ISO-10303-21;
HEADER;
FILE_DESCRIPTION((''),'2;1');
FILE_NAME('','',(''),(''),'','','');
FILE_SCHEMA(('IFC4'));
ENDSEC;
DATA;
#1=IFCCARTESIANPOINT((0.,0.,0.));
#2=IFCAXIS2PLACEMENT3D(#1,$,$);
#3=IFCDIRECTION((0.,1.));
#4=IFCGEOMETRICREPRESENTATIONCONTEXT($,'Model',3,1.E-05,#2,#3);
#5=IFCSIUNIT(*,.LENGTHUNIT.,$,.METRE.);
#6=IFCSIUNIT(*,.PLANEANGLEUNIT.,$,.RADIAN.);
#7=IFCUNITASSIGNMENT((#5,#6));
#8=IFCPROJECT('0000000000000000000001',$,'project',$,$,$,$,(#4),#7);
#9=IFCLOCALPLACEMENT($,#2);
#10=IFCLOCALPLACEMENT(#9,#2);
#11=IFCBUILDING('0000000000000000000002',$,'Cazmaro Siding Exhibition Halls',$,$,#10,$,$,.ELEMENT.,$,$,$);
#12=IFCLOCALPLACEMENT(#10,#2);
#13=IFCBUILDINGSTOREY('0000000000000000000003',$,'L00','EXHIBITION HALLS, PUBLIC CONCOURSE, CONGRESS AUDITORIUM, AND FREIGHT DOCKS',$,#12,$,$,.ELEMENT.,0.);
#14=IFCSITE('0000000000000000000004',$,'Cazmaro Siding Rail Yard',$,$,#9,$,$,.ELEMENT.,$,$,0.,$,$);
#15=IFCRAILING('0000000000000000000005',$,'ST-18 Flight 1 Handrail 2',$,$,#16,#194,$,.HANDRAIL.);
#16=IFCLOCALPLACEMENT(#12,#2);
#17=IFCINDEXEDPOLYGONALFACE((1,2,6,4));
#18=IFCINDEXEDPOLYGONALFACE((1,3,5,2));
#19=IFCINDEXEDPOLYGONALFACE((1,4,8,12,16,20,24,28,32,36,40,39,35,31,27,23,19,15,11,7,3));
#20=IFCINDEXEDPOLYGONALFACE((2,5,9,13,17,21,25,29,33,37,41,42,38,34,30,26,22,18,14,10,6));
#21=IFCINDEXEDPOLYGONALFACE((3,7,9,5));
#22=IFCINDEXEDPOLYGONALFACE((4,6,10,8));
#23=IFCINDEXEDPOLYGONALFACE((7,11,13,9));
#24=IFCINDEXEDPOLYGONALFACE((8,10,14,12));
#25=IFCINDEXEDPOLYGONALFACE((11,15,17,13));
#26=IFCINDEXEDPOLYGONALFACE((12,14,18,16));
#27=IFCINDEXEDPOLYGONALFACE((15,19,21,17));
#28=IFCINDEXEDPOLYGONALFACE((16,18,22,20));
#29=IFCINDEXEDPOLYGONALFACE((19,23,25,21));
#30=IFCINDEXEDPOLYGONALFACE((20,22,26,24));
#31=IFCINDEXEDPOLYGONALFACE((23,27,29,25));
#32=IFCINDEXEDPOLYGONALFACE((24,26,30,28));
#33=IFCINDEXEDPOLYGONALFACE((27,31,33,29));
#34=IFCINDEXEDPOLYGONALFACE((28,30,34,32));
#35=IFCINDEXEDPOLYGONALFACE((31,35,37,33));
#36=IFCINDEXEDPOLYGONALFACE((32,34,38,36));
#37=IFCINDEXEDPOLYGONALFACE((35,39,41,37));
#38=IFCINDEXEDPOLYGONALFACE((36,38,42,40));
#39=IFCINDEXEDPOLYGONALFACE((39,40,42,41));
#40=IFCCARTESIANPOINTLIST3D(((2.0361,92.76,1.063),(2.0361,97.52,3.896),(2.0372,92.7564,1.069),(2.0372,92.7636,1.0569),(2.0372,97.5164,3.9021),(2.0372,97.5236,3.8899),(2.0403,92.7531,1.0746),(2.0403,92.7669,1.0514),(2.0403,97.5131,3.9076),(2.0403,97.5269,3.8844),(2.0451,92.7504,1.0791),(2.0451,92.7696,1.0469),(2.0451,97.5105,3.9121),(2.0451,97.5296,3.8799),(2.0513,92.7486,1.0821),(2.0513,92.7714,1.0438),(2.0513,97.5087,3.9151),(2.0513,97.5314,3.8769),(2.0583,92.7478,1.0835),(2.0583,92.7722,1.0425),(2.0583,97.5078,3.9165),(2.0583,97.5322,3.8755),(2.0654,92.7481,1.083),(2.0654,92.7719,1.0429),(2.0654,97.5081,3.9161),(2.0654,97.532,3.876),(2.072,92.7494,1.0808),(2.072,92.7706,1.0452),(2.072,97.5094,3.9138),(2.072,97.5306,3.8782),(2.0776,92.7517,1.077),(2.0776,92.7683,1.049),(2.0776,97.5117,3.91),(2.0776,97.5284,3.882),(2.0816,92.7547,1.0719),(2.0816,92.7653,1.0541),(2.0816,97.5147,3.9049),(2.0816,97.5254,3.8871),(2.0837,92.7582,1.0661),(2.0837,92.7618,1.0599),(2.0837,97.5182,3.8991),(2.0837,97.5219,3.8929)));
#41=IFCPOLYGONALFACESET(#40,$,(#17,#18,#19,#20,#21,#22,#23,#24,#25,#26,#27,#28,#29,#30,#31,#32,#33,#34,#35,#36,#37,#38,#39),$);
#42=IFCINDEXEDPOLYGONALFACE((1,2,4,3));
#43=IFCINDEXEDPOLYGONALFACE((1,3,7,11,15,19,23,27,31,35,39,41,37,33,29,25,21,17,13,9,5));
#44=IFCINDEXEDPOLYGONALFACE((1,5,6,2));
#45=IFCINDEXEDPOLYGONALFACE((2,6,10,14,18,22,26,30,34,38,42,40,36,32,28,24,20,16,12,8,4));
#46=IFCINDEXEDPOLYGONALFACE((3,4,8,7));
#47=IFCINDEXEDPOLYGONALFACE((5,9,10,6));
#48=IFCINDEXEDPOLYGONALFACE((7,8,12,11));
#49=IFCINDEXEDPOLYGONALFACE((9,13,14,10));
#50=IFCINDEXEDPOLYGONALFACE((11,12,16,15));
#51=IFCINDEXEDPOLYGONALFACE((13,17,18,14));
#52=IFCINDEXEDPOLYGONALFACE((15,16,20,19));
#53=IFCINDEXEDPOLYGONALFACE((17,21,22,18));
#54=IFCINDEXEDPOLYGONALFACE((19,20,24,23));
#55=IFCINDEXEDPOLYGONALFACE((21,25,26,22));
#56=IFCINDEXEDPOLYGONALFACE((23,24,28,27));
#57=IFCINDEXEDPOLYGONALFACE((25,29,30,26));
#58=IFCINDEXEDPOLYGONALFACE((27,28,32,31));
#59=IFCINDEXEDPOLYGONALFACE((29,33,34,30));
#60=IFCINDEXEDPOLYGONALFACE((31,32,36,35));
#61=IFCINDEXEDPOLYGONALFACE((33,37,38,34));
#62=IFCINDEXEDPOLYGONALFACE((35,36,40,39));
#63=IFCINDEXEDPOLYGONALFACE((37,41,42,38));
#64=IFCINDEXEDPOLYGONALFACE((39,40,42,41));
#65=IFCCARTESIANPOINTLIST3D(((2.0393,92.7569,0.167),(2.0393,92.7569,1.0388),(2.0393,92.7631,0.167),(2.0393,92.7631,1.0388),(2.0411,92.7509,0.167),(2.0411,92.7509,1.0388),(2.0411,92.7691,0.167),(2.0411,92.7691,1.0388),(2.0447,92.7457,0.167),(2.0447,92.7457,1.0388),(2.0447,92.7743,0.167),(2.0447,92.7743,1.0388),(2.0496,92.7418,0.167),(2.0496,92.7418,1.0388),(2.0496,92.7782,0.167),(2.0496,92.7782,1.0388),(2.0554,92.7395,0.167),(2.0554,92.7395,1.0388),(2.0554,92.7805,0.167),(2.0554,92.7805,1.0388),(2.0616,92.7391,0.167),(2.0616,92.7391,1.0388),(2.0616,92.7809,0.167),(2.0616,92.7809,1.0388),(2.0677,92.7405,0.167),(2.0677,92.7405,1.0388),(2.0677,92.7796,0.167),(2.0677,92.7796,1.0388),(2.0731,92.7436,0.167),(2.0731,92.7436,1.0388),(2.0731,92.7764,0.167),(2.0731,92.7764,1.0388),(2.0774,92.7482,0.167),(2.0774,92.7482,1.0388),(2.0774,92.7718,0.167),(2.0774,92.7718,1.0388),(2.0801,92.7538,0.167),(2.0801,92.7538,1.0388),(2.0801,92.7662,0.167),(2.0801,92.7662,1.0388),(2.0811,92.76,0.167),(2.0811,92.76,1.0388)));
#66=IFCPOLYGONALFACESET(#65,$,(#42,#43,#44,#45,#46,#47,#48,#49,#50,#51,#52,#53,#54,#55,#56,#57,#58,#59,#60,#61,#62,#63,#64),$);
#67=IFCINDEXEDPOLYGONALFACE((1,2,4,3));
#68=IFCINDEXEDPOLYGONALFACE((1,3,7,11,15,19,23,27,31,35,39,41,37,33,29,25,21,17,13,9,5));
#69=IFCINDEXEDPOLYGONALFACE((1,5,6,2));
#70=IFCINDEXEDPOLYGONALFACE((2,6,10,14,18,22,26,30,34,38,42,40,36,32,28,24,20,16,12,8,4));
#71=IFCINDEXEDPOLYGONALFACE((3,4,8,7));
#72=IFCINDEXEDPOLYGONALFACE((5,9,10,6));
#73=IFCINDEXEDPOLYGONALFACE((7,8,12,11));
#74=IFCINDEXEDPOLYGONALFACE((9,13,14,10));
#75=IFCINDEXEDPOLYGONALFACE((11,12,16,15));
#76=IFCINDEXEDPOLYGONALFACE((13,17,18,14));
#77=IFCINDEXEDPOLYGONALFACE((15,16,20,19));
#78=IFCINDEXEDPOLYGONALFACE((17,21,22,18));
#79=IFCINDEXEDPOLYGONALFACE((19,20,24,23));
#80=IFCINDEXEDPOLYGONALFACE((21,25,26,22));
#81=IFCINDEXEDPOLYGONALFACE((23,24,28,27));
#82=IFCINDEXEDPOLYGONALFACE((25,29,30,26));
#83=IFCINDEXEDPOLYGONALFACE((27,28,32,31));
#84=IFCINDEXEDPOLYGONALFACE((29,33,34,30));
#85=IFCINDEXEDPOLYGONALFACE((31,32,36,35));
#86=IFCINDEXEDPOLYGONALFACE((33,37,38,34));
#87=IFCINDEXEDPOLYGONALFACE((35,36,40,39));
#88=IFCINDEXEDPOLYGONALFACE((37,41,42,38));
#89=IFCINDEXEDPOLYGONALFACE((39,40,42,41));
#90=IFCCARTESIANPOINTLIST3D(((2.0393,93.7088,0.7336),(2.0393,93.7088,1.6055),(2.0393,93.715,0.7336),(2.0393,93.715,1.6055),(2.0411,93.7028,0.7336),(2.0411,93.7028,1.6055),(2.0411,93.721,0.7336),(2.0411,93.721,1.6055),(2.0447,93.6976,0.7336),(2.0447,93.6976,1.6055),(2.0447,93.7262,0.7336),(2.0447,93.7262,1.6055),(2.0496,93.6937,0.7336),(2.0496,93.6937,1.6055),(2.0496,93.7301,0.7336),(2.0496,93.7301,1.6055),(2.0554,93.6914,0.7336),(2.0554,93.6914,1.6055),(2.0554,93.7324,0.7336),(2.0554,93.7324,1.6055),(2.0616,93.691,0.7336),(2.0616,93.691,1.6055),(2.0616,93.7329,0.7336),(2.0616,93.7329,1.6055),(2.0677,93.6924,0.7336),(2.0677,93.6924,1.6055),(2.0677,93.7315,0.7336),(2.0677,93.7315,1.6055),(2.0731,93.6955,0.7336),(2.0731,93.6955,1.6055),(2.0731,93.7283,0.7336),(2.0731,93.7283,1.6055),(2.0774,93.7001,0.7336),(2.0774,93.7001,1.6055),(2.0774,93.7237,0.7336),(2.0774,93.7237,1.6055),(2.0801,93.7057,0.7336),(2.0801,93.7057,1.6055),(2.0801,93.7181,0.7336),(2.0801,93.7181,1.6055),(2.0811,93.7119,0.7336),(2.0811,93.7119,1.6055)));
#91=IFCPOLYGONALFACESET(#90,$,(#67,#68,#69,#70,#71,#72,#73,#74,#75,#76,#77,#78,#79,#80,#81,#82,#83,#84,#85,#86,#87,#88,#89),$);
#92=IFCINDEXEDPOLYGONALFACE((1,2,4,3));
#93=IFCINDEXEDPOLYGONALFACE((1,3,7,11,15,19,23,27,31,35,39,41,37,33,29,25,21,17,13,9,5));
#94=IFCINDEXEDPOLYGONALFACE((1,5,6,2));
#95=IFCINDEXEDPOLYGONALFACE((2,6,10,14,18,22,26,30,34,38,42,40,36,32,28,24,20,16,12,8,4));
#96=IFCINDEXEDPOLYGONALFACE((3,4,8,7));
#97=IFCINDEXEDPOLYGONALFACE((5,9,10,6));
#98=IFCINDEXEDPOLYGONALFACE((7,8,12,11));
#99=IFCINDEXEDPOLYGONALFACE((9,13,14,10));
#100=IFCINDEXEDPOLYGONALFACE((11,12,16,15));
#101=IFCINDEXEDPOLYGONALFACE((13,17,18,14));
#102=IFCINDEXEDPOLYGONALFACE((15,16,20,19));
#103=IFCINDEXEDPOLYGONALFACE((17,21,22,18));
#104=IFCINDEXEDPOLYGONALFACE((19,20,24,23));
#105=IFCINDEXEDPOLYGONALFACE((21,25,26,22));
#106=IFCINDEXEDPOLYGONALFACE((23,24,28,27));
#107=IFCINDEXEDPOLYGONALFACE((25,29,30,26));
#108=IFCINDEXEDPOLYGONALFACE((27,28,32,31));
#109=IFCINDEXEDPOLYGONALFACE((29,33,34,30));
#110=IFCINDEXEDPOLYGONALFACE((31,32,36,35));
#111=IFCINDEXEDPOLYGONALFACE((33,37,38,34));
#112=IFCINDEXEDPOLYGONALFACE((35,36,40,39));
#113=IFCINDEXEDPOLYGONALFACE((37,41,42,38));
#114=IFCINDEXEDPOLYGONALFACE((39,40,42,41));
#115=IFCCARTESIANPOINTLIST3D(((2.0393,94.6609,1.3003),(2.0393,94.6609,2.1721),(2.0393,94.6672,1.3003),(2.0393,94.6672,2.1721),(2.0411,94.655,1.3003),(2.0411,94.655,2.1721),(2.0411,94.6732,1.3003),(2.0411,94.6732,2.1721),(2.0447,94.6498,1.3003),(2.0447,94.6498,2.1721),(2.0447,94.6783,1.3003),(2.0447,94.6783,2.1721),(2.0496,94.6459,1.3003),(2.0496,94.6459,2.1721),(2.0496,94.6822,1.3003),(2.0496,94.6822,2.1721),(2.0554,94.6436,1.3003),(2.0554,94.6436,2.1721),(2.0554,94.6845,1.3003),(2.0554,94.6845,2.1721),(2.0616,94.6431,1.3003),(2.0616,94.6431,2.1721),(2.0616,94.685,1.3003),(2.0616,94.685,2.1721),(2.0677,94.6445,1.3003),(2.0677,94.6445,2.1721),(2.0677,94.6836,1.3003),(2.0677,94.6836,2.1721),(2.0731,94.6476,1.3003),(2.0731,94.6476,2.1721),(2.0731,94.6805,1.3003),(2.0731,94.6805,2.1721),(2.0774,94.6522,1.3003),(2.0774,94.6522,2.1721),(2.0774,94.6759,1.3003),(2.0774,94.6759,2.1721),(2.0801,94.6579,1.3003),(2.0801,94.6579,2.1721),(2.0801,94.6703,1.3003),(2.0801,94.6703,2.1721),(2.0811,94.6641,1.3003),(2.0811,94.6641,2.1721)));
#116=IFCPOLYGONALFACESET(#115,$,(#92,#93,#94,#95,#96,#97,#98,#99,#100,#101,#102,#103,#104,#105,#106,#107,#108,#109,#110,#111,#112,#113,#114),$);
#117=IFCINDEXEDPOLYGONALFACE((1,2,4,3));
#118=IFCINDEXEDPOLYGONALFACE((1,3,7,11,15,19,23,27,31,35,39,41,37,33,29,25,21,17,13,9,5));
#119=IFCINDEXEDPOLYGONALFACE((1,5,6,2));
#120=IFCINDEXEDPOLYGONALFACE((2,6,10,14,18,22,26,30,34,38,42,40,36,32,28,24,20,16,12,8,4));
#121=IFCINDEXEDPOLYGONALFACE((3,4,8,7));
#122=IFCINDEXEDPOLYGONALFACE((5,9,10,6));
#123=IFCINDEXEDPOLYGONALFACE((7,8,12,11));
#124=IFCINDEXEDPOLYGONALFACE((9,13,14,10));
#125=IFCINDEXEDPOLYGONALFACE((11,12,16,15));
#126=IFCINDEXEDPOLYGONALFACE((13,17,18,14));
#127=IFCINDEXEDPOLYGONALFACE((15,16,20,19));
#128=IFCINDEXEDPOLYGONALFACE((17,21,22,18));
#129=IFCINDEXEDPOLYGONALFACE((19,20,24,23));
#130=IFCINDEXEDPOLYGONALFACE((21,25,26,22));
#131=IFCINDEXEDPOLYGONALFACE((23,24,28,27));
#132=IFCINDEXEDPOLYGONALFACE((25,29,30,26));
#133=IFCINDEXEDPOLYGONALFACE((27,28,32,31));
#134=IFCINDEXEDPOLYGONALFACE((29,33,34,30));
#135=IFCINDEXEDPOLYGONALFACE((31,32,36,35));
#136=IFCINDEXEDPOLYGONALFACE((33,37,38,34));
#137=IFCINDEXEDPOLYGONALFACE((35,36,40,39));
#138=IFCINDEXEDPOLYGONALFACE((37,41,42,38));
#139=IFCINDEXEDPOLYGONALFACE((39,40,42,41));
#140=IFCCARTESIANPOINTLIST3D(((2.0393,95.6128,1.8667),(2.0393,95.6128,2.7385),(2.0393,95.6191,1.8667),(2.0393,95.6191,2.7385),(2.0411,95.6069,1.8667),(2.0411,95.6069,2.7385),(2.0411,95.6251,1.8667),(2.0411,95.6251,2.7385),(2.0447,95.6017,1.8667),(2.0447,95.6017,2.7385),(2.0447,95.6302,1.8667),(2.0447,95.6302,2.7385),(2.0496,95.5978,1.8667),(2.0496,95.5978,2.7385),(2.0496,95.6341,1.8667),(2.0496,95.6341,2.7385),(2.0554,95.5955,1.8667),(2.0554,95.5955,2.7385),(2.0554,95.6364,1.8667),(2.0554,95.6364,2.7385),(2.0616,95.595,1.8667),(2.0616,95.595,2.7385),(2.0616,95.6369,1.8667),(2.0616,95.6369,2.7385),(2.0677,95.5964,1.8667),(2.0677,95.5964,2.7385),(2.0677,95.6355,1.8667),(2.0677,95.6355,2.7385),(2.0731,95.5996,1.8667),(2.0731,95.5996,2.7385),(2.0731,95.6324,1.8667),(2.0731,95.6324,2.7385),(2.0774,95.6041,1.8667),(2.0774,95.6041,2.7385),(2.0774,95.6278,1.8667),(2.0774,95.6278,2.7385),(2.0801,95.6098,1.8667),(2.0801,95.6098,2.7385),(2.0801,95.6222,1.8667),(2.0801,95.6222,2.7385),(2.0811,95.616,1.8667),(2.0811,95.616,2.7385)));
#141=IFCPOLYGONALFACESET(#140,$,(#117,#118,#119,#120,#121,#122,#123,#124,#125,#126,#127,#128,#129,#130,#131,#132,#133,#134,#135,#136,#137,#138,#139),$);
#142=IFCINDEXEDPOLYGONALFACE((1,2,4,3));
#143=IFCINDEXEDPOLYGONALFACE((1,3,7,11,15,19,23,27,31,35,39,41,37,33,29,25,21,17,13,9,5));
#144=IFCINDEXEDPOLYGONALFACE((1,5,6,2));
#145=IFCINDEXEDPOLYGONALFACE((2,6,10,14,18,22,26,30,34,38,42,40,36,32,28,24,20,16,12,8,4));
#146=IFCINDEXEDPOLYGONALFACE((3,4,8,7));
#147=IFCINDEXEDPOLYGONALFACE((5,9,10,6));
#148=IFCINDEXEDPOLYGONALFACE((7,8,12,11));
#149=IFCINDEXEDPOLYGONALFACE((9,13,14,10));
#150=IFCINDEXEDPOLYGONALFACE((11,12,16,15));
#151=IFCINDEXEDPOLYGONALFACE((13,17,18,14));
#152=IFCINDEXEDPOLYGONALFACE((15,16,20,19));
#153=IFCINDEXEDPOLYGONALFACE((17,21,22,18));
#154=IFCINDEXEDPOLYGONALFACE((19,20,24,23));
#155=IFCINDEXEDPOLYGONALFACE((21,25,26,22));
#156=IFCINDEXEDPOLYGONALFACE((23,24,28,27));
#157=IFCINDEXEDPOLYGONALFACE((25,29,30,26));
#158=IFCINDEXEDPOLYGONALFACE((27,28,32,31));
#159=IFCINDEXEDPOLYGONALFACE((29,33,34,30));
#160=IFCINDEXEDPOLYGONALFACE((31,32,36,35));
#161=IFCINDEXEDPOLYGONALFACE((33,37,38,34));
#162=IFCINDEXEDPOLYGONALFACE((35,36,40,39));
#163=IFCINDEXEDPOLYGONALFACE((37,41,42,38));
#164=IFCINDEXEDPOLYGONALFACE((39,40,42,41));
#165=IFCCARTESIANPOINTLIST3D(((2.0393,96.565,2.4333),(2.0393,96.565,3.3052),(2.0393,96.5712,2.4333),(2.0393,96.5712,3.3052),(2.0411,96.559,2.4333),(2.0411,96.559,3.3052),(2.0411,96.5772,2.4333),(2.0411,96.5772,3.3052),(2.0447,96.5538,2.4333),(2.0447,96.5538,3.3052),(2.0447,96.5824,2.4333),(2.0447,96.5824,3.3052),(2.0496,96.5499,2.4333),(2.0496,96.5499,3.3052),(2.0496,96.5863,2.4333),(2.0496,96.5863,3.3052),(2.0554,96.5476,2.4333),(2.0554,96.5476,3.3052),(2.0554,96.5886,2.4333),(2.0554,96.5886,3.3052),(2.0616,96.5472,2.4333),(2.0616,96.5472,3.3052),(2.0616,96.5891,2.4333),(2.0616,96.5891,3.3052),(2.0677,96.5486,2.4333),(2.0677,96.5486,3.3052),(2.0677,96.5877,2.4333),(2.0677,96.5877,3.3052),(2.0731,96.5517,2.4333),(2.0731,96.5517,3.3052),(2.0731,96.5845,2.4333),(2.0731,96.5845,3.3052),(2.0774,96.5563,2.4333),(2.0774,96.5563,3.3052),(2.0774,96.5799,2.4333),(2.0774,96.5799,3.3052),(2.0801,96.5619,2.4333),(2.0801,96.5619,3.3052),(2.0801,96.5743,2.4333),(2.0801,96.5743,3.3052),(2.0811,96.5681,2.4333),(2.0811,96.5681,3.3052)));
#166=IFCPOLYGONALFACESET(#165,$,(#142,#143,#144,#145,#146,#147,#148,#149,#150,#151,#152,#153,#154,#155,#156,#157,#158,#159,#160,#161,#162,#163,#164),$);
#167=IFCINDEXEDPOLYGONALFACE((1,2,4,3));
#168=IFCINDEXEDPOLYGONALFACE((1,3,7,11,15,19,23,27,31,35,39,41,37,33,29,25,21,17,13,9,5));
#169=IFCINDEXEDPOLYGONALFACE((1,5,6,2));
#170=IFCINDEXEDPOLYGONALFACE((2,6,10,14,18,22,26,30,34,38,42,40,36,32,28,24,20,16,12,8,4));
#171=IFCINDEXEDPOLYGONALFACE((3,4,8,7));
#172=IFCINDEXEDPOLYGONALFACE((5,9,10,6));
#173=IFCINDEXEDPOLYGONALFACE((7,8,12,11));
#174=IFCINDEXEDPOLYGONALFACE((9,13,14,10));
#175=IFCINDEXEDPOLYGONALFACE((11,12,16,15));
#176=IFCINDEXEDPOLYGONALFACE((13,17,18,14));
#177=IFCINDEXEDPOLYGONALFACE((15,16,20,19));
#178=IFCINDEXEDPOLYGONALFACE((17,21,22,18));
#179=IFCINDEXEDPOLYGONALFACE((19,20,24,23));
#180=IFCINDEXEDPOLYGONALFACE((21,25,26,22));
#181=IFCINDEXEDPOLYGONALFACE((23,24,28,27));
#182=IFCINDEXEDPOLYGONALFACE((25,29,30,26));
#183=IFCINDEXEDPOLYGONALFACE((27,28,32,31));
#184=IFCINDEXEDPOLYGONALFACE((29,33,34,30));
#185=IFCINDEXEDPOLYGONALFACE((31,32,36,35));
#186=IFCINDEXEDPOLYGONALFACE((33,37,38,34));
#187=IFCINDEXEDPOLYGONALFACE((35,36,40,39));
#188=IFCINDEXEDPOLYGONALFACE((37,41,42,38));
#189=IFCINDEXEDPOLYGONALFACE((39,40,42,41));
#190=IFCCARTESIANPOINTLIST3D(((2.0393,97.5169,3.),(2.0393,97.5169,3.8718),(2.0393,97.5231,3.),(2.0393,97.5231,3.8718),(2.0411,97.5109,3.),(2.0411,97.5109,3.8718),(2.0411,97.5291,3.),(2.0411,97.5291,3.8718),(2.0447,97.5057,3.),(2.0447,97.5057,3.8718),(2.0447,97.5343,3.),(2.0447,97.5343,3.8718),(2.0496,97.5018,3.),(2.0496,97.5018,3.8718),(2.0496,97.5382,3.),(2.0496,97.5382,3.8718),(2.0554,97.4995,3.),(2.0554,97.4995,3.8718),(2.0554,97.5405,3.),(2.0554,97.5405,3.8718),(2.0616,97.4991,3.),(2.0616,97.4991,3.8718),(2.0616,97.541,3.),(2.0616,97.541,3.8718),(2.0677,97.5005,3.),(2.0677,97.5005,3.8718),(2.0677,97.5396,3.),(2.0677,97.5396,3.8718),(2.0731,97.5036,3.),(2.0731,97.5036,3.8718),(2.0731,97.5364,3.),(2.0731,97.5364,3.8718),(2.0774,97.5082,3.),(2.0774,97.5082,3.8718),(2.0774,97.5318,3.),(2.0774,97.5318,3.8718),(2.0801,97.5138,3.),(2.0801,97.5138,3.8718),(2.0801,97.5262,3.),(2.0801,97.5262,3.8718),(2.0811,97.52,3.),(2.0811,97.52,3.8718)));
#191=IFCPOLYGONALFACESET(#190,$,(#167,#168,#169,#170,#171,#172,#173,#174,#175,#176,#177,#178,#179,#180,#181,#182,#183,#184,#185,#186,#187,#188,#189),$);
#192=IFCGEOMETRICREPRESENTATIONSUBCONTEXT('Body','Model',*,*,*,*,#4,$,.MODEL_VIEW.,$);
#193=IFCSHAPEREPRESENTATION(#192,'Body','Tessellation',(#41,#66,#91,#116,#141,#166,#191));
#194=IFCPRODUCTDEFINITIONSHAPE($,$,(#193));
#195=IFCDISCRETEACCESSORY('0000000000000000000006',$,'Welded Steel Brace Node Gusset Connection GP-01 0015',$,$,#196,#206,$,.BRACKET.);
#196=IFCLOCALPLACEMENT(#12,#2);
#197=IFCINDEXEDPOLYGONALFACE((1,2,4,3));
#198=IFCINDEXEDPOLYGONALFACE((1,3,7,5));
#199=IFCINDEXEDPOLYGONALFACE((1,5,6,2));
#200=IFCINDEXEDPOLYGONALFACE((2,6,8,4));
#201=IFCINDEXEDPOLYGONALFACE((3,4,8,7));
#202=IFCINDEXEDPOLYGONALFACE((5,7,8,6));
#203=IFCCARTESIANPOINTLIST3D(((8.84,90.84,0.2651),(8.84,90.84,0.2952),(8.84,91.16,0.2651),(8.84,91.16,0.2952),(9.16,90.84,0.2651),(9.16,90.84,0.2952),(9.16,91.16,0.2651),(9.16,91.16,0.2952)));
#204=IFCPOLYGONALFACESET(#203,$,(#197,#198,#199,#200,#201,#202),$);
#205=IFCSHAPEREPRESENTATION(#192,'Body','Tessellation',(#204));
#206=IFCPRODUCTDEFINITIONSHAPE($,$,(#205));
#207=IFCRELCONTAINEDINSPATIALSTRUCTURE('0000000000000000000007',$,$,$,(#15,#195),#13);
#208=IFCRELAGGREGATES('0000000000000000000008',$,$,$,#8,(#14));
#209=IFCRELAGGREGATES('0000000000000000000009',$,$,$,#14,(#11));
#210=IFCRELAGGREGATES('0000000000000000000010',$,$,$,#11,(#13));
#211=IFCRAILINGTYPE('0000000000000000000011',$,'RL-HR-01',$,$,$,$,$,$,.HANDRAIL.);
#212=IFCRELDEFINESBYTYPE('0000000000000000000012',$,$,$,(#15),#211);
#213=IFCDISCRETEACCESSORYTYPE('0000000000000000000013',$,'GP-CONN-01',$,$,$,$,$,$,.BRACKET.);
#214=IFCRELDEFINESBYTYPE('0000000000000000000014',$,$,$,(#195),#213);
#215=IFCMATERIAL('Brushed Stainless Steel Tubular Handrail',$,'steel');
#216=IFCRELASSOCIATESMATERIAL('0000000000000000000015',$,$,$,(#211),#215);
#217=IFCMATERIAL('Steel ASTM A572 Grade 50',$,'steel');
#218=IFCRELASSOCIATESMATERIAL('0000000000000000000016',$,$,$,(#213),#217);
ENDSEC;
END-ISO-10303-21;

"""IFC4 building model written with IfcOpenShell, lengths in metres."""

from ifc_helpers import new_model, si_unit, direction, frame, origin, origin_2d, place, context, subcontext, project, spatial, rectangle, circle, extrude, material, type_object, element, save


model = new_model("IFC4")

# Units and contexts
model_context = context("Model", 3, precision=1e-05, world=origin(), true_north=direction((0.0, 1.0)))
body_context = subcontext(model_context, "Body", "Model", "MODEL_VIEW")
ifc_project = project(units=[si_unit("LENGTHUNIT", "METRE"), si_unit("PLANEANGLEUNIT", "RADIAN")], contexts=[model_context])

# Site, building, storey
site_placement = place(None, origin())
site = spatial("IfcSite", under=ifc_project, at=site_placement, Name="Cazmaro Siding Rail Yard", CompositionType="ELEMENT", RefElevation=0.0)
building_placement = place(site_placement, origin())
building = spatial("IfcBuilding", under=site, at=building_placement, Name="Cazmaro Siding Exhibition Halls", CompositionType="ELEMENT")
storey_placement = place(building_placement, origin())
storey = spatial("IfcBuildingStorey", under=building, at=storey_placement, Name="L00", Description="EXHIBITION HALLS, PUBLIC CONCOURSE, CONGRESS AUDITORIUM, AND FREIGHT DOCKS", CompositionType="ELEMENT", Elevation=0.0)

# Railing
ifc_material_1 = material(Name="Brushed Stainless Steel Tubular Handrail", Category="steel")
railing_type = type_object("IfcRailingType", Name="RL-HR-01", PredefinedType="HANDRAIL", material=ifc_material_1)
for number, where, name in (
    (1, (2.0601, 92.76, 0.167), "ST-18 Flight 1 Handrail 2"),
):
    element("IfcRailing", number, at=place(storey_placement, frame(where)), inside=storey, type_object=railing_type, Name=name, PredefinedType="HANDRAIL", context=body_context, shape_type="SweptSolid", body=[
        extrude(circle(Radius=0.0239, at=origin_2d()), frame((0.0, 0.0, 0.896), z_axis=(0.0, 0.859319, 0.51144), x_axis=(-1.0, 0.0, 0.0)), (0.0, 0.0, 1.0), 5.5393),
        extrude(circle(Radius=0.021, at=origin_2d()), origin(), (0.0, 0.0, 1.0), 0.8718),
        extrude(circle(Radius=0.021, at=origin_2d()), frame((0.0, 0.9519, 0.5667)), (0.0, 0.0, 1.0), 0.8718),
        extrude(circle(Radius=0.021, at=origin_2d()), frame((0.0, 1.9041, 1.1333)), (0.0, 0.0, 1.0), 0.8718),
        extrude(circle(Radius=0.021, at=origin_2d()), frame((0.0, 2.856, 1.6997)), (0.0, 0.0, 1.0), 0.8718),
        extrude(circle(Radius=0.021, at=origin_2d()), frame((0.0, 3.8081, 2.2664)), (0.0, 0.0, 1.0), 0.8718),
        extrude(circle(Radius=0.021, at=origin_2d()), frame((0.0, 4.76, 2.833)), (0.0, 0.0, 1.0), 0.8718),
    ])

# Discrete accessory
ifc_material_2 = material(Name="Steel ASTM A572 Grade 50", Category="steel")
discrete_accessory_type = type_object("IfcDiscreteAccessoryType", Name="GP-CONN-01", PredefinedType="BRACKET", material=ifc_material_2)
discrete_accessory_placement = place(storey_placement, frame((9.0, 91.0, 0.2651), z_axis=(0.0, 0.0, 1.0), x_axis=(1.0, 0.0, 0.0)))
element("IfcDiscreteAccessory", 2, at=discrete_accessory_placement, inside=storey, type_object=discrete_accessory_type, Name="Welded Steel Brace Node Gusset Connection GP-01 0015", PredefinedType="BRACKET", context=body_context, shape_type="SweptSolid", body=[
    extrude(rectangle(XDim=0.3201, YDim=0.3201, at=origin_2d()), origin(), (0.0, 0.0, 1.0), 0.03),
])

save(model, "model.ifc")
